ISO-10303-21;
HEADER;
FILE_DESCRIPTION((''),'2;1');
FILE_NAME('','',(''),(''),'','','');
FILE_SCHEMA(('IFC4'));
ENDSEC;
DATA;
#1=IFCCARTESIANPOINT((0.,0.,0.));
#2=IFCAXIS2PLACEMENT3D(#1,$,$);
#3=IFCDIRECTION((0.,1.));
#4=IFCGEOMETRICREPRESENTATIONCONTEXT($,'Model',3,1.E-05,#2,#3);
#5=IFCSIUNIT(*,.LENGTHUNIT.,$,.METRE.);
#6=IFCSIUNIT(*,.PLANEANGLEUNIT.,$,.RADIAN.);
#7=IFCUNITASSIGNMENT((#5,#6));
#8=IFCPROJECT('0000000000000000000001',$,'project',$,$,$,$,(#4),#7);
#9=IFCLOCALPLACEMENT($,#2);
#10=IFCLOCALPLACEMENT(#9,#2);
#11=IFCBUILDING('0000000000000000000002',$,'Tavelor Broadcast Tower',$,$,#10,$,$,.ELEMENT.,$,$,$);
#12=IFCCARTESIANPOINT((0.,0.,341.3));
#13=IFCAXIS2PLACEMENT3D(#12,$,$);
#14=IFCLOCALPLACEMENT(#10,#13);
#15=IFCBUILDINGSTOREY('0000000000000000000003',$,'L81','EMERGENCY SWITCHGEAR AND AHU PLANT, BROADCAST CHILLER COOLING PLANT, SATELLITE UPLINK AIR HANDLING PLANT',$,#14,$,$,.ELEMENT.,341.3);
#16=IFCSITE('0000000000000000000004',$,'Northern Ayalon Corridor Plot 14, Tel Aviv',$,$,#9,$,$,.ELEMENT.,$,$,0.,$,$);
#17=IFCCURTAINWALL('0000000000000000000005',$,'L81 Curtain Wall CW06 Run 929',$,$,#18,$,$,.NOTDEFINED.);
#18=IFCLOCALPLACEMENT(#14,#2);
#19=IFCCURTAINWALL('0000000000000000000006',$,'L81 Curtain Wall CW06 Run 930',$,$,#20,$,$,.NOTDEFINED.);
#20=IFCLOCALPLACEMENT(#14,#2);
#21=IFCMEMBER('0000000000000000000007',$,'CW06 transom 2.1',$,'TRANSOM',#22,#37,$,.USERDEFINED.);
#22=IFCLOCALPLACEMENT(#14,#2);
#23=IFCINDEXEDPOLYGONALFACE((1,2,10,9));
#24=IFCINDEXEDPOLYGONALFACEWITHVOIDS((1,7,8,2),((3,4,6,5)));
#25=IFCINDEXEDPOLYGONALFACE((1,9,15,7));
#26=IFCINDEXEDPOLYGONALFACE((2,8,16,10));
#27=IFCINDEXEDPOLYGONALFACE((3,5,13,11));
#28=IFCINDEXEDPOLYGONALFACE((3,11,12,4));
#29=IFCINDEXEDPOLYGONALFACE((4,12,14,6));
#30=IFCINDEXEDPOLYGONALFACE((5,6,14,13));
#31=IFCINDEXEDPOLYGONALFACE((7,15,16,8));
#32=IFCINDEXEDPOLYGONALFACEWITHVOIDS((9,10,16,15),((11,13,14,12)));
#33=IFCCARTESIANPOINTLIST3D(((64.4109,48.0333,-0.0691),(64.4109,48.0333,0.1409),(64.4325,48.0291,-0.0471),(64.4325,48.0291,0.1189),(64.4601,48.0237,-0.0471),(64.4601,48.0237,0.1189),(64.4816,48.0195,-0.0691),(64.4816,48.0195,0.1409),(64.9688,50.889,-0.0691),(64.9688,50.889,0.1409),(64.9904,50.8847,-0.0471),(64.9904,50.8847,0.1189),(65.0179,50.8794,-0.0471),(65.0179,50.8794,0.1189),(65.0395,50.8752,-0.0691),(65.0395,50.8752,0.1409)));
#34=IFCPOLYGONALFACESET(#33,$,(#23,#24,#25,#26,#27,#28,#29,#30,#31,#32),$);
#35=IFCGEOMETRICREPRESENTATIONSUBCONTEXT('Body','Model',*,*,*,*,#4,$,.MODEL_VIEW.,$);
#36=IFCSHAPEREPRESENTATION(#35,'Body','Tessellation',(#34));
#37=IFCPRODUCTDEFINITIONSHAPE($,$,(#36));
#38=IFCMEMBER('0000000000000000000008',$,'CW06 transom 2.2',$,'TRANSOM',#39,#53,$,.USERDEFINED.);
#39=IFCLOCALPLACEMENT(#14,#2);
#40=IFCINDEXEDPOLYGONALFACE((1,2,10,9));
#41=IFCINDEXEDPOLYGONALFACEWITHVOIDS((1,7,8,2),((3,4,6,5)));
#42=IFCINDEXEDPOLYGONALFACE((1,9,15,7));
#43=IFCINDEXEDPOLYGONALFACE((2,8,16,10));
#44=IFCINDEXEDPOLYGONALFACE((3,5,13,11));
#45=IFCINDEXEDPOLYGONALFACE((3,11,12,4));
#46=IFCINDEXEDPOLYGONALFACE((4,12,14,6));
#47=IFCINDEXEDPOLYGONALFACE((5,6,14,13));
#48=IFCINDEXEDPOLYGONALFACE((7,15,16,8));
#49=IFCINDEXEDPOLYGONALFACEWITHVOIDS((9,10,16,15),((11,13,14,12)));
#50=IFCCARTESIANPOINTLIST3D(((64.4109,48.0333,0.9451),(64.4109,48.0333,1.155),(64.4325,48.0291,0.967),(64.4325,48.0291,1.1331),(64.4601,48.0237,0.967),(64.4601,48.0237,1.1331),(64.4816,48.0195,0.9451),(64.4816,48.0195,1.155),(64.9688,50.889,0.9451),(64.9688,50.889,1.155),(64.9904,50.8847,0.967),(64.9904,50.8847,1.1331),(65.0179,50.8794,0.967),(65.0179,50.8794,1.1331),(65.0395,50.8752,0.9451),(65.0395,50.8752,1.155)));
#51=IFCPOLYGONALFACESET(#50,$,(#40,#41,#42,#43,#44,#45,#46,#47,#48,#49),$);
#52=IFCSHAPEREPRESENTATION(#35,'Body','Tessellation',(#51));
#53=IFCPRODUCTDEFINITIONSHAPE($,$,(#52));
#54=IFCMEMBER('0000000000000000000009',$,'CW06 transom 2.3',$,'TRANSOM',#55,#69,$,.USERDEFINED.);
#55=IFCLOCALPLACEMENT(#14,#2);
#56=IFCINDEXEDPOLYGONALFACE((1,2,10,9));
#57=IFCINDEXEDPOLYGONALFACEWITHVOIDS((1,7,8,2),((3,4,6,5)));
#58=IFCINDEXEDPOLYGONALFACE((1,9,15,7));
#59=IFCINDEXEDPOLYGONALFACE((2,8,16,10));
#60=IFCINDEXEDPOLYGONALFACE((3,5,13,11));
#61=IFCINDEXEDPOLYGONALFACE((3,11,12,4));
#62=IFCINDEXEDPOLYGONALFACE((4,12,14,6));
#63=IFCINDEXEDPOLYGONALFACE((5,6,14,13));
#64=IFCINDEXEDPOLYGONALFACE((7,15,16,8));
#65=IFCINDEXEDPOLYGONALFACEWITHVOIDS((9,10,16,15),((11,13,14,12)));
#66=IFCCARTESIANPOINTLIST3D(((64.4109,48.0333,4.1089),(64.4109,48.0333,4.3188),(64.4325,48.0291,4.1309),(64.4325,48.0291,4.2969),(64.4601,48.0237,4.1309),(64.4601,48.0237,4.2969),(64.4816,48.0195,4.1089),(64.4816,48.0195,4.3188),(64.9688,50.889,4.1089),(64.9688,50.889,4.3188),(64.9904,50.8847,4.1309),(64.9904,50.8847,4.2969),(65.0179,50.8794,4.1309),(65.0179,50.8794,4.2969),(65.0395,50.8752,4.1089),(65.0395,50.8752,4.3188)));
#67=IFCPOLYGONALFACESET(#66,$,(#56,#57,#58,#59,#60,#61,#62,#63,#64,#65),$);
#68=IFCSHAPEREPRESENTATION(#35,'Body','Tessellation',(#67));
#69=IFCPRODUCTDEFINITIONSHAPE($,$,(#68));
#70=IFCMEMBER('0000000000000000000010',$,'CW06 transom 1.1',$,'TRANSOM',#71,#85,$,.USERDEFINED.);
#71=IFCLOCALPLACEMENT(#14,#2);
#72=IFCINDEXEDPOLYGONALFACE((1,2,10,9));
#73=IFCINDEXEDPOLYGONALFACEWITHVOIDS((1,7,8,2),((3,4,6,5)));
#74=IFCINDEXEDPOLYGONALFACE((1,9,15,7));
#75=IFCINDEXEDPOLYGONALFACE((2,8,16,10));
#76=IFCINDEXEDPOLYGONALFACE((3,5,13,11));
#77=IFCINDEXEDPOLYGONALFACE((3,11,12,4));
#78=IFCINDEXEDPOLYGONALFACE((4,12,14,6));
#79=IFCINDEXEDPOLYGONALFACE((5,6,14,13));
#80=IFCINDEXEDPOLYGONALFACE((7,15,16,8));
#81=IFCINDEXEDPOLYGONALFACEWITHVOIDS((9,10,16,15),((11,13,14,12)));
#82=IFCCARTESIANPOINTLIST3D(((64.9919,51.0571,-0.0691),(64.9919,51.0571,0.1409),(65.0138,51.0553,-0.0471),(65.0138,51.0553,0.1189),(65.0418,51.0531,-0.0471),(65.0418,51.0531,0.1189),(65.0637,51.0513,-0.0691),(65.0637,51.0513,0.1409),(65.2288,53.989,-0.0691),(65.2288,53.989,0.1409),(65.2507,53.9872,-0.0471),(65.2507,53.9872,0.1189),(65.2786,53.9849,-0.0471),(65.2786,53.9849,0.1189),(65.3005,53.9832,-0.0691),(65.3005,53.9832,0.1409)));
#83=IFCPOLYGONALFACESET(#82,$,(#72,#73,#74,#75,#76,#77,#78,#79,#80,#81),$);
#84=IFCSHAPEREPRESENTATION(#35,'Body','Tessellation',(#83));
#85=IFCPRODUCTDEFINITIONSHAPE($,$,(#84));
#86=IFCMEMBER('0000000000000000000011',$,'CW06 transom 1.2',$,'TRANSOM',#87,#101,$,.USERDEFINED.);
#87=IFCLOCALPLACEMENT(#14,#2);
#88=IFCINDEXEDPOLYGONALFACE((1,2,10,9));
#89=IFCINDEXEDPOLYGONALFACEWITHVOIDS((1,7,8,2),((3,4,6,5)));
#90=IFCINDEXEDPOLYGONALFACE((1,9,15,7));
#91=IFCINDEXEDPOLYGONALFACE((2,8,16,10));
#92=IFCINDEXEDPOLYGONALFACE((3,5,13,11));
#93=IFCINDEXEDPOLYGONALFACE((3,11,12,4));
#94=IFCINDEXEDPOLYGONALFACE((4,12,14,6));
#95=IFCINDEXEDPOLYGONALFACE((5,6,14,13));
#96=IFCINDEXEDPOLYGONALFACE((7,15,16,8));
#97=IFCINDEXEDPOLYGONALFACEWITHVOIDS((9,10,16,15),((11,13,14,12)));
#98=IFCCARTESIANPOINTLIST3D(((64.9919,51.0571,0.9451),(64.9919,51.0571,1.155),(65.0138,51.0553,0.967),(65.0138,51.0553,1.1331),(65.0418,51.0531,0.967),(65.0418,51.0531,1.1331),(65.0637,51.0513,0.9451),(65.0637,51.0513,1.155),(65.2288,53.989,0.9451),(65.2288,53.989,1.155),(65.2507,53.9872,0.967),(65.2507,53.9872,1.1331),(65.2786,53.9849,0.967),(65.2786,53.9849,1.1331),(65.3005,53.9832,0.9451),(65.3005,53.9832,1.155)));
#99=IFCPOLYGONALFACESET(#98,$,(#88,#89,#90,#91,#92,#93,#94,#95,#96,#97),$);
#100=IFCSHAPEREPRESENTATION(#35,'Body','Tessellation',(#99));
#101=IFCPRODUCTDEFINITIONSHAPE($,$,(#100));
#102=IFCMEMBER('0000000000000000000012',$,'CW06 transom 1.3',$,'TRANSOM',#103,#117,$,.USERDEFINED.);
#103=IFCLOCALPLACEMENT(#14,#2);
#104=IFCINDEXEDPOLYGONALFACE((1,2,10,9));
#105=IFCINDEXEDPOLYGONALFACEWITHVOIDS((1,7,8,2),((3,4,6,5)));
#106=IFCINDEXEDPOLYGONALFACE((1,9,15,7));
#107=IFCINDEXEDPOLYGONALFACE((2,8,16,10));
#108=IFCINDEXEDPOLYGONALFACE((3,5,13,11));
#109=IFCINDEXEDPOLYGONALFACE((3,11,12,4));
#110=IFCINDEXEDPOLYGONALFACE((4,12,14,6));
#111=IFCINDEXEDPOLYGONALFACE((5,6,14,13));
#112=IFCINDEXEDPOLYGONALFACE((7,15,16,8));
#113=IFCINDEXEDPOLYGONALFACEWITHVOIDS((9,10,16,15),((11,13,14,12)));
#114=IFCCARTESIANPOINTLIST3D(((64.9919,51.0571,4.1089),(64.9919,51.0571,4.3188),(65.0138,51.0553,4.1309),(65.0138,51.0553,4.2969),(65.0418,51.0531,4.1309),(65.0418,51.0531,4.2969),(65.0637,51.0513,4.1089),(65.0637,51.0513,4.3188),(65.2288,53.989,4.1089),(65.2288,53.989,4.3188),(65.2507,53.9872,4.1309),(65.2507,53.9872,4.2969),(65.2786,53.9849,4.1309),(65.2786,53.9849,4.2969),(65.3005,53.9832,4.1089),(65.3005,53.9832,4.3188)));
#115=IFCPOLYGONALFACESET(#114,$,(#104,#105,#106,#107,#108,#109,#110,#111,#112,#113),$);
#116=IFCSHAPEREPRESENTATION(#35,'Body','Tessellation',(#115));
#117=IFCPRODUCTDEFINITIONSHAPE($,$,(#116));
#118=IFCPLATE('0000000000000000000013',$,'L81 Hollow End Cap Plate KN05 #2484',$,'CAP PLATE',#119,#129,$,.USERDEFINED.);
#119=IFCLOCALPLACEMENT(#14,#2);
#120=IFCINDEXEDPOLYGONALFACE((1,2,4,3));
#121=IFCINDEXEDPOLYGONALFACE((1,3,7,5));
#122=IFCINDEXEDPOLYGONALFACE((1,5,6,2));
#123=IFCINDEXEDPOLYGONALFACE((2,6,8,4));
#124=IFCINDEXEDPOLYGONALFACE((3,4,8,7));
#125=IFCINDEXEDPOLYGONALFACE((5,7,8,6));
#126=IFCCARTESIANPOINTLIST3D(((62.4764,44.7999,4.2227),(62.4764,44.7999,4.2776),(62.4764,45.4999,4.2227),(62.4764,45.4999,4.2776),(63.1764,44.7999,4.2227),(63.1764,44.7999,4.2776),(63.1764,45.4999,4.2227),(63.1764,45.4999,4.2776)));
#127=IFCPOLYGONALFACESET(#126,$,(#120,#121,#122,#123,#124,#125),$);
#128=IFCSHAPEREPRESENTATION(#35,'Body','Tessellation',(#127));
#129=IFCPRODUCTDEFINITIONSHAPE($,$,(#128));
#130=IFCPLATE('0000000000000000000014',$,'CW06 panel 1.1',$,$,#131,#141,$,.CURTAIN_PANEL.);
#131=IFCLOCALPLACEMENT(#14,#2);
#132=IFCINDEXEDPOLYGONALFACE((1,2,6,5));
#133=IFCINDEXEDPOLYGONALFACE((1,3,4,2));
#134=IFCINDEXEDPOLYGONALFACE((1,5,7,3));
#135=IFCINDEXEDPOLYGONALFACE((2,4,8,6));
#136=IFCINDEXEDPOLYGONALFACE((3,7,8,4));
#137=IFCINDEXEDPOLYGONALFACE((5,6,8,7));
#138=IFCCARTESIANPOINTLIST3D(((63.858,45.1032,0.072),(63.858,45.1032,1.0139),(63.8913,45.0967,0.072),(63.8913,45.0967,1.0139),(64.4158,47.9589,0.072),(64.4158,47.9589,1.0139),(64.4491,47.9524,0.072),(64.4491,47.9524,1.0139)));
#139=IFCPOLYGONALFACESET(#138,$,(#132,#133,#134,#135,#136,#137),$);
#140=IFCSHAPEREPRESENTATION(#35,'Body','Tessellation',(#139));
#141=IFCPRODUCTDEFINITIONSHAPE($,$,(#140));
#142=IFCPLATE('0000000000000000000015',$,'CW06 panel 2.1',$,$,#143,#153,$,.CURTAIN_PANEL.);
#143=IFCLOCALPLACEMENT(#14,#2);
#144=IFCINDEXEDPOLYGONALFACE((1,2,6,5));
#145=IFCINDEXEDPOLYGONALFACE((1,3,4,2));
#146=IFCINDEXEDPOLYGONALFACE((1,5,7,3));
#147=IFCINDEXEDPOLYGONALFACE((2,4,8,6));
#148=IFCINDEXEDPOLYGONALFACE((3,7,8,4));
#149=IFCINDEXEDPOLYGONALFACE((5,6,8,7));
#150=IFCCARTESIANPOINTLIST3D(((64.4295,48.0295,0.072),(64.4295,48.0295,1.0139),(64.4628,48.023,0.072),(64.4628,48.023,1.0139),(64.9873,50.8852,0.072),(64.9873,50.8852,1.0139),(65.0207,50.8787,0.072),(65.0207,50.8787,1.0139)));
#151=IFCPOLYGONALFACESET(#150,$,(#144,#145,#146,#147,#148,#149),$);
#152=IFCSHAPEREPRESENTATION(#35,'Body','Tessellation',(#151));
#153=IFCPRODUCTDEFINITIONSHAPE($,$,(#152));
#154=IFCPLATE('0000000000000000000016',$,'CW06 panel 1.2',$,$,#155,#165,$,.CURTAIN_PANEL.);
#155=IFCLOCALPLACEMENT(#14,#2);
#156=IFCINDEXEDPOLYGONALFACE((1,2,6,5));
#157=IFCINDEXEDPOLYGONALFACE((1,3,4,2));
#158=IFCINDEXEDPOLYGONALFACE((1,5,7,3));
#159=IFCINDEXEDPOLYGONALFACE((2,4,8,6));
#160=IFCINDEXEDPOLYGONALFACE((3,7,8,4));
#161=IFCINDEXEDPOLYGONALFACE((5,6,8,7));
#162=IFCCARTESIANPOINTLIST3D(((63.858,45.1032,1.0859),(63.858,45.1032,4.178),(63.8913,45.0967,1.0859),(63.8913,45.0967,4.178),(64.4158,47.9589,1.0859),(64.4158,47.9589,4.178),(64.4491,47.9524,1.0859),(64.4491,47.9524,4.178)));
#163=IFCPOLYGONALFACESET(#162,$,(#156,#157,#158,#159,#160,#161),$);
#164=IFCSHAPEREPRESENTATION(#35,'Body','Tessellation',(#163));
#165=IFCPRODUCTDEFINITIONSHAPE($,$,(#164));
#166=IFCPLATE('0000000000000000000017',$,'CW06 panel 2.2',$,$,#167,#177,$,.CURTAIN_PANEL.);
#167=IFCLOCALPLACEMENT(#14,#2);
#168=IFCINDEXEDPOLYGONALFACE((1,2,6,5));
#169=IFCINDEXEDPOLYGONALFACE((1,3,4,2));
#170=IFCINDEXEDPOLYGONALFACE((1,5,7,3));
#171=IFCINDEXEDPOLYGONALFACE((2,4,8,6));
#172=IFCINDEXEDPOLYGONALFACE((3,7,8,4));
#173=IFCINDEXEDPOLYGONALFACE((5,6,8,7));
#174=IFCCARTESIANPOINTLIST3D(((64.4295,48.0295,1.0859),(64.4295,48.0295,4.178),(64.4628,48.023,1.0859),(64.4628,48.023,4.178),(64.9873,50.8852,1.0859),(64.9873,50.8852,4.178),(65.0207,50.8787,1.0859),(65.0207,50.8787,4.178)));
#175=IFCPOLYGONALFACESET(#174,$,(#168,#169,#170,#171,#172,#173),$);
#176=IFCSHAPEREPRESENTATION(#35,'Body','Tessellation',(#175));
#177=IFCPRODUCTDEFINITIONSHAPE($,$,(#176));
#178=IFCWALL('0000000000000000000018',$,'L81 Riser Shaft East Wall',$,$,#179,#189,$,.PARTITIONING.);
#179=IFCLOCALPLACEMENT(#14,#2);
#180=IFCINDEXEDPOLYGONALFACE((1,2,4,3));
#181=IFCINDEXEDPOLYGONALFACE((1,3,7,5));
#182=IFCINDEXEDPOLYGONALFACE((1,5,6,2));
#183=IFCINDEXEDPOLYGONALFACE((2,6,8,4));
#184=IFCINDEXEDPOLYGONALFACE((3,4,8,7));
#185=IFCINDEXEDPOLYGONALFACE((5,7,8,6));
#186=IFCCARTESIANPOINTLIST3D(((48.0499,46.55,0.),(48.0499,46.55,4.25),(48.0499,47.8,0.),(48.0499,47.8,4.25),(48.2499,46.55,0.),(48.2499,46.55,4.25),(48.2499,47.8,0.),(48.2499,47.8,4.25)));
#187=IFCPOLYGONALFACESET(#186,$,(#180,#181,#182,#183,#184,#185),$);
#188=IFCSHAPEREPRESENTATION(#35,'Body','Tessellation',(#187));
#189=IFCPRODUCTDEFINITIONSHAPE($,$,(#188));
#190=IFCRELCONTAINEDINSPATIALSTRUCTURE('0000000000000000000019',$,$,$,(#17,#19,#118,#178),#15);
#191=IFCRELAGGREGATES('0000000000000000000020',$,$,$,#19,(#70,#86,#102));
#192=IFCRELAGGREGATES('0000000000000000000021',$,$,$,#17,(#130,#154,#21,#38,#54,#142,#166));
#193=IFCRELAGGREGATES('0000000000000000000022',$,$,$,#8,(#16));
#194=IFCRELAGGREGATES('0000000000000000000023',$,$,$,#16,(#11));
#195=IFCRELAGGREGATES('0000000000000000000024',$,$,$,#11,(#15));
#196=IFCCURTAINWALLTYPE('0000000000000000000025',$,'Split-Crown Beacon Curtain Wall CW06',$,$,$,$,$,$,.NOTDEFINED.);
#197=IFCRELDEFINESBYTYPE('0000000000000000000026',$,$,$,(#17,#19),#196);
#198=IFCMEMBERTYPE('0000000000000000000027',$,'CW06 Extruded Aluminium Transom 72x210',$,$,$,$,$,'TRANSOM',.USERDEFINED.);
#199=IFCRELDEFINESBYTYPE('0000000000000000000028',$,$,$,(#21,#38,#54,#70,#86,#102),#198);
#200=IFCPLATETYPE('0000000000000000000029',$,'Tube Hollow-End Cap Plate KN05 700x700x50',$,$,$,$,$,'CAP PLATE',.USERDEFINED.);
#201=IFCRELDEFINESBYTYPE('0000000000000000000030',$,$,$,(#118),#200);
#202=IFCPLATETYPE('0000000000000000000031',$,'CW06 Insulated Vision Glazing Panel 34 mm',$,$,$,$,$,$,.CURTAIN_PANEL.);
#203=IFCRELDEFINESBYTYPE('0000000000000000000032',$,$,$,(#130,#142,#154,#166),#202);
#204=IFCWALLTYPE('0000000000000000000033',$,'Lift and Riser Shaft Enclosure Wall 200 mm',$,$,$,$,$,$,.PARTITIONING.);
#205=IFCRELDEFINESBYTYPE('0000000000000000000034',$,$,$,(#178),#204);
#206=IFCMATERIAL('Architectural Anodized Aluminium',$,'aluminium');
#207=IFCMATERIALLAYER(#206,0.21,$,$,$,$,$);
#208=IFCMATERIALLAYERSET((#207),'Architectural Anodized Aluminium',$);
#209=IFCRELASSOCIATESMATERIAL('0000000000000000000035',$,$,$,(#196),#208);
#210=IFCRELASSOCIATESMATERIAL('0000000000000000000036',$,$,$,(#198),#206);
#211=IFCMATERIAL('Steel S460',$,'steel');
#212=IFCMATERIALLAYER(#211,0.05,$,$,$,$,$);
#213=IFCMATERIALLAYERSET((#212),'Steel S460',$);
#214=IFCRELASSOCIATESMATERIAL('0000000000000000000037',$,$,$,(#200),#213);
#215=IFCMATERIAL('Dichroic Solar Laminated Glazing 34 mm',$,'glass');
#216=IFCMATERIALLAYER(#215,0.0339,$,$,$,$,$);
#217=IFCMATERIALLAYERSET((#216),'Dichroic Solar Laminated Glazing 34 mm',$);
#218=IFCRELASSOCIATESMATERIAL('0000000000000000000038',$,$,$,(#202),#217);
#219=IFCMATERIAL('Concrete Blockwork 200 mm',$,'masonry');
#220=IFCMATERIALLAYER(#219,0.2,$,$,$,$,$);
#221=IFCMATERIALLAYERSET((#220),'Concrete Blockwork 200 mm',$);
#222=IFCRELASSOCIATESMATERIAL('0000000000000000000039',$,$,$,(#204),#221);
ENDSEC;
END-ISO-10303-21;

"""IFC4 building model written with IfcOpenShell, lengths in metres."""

from ifc_helpers import new_model, si_unit, direction, frame, frame_2d, origin, origin_2d, place, context, subcontext, project, spatial, rectangle, hollow_rectangle, extrude, source, transform, mapped, material, layer, layer_set, material_profile, profile_set, type_object, type_shapes, element, aggregate, save


model = new_model("IFC4")

# Units and contexts
model_context = context("Model", 3, precision=1e-05, world=origin(), true_north=direction((0.0, 1.0)))
body_context = subcontext(model_context, "Body", "Model", "MODEL_VIEW")
ifc_project = project(units=[si_unit("LENGTHUNIT", "METRE"), si_unit("PLANEANGLEUNIT", "RADIAN")], contexts=[model_context])

# Site, building, storey
site_placement = place(None, origin())
site = spatial("IfcSite", under=ifc_project, at=site_placement, Name="Northern Ayalon Corridor Plot 14, Tel Aviv", CompositionType="ELEMENT", RefElevation=0.0)
building_placement = place(site_placement, origin())
building = spatial("IfcBuilding", under=site, at=building_placement, Name="Tavelor Broadcast Tower", CompositionType="ELEMENT")
storey_placement = place(building_placement, frame((0.0, 0.0, 341.3)))
storey = spatial("IfcBuildingStorey", under=building, at=storey_placement, Name="L81", Description="EMERGENCY SWITCHGEAR AND AHU PLANT, BROADCAST CHILLER COOLING PLANT, SATELLITE UPLINK AIR HANDLING PLANT", CompositionType="ELEMENT", Elevation=341.3)

# Curtain wall
ifc_material_1 = material(Name="Architectural Anodized Aluminium", Category="aluminium")
ifc_layer_1 = layer(ifc_material_1, 0.21)
ifc_layer_set_1 = layer_set([ifc_layer_1], Name="Architectural Anodized Aluminium")
curtain_wall_type = type_object("IfcCurtainWallType", Name="Split-Crown Beacon Curtain Wall CW06", PredefinedType="NOTDEFINED", material=ifc_layer_set_1)
curtain_wall_1_placement = place(storey_placement, origin())
curtain_wall_1 = element("IfcCurtainWall", 1, at=curtain_wall_1_placement, inside=storey, type_object=curtain_wall_type, Name="L81 Curtain Wall CW06 Run 929", PredefinedType="NOTDEFINED")

# Curtain wall
curtain_wall_2_placement = place(storey_placement, origin())
curtain_wall_2 = element("IfcCurtainWall", 2, at=curtain_wall_2_placement, inside=storey, type_object=curtain_wall_type, Name="L81 Curtain Wall CW06 Run 930", PredefinedType="NOTDEFINED")

# Members
ifc_material_profile_1 = material_profile(ifc_material_1, hollow_rectangle(XDim=0.072, YDim=0.21, WallThickness=0.022, at=origin_2d()), Name="RHS 72x210x22")
ifc_profile_set_1 = profile_set([ifc_material_profile_1], Name="Architectural Anodized Aluminium")
member_type_1 = type_object("IfcMemberType", Name="CW06 Extruded Aluminium Transom 72x210", ElementType="TRANSOM", PredefinedType="USERDEFINED", material=ifc_profile_set_1)
shared_shape_1 = source(origin(), body_context, "Body", "SweptSolid", [
    extrude(hollow_rectangle(XDim=0.072, YDim=0.21, WallThickness=0.022, at=origin_2d()), origin(), (0.0, 0.0, 1.0), 2.9097),
])
member_1_placement = place(storey_placement, frame((64.4463, 48.0264, 0.0359), z_axis=(0.191725, 0.981449, 0.0), x_axis=(-0.981449, 0.191725, 0.0)))
member_1 = element("IfcMember", 3, at=member_1_placement, type_object=member_type_1, Name="CW06 transom 2.1", ObjectType="TRANSOM", PredefinedType="USERDEFINED", context=body_context, shape_type="MappedRepresentation", body=[
    mapped(shared_shape_1, transform((0.0, 0.0, 0.0), scale=1.0)),
])
member_2_placement = place(storey_placement, frame((64.4463, 48.0264, 1.05), z_axis=(0.191725, 0.981449, 0.0), x_axis=(-0.981449, 0.191725, 0.0)))
member_2 = element("IfcMember", 4, at=member_2_placement, type_object=member_type_1, Name="CW06 transom 2.2", ObjectType="TRANSOM", PredefinedType="USERDEFINED", context=body_context, shape_type="MappedRepresentation", body=[
    mapped(shared_shape_1, transform((0.0, 0.0, 0.0), scale=1.0)),
])
member_3_placement = place(storey_placement, frame((64.4463, 48.0264, 4.2139), z_axis=(0.191725, 0.981449, 0.0), x_axis=(-0.981449, 0.191725, 0.0)))
member_3 = element("IfcMember", 5, at=member_3_placement, type_object=member_type_1, Name="CW06 transom 2.3", ObjectType="TRANSOM", PredefinedType="USERDEFINED", context=body_context, shape_type="MappedRepresentation", body=[
    mapped(shared_shape_1, transform((0.0, 0.0, 0.0), scale=1.0)),
])
shared_shape_2 = source(origin(), body_context, "Body", "SweptSolid", [
    extrude(hollow_rectangle(XDim=0.072, YDim=0.21, WallThickness=0.022, at=origin_2d()), origin(), (0.0, 0.0, 1.0), 2.9414),
])
type_shapes(member_type_1, [shared_shape_1, shared_shape_2])
member_4_placement = place(storey_placement, frame((65.0278, 51.0542, 0.0359), z_axis=(0.080511, 0.996754, 0.0), x_axis=(-0.996754, 0.080511, 0.0)))
member_4 = element("IfcMember", 6, at=member_4_placement, type_object=member_type_1, Name="CW06 transom 1.1", ObjectType="TRANSOM", PredefinedType="USERDEFINED", context=body_context, shape_type="MappedRepresentation", body=[
    mapped(shared_shape_2, transform((0.0, 0.0, 0.0), scale=1.0)),
])
member_5_placement = place(storey_placement, frame((65.0278, 51.0542, 1.05), z_axis=(0.080511, 0.996754, 0.0), x_axis=(-0.996754, 0.080511, 0.0)))
member_5 = element("IfcMember", 7, at=member_5_placement, type_object=member_type_1, Name="CW06 transom 1.2", ObjectType="TRANSOM", PredefinedType="USERDEFINED", context=body_context, shape_type="MappedRepresentation", body=[
    mapped(shared_shape_2, transform((0.0, 0.0, 0.0), scale=1.0)),
])
member_6_placement = place(storey_placement, frame((65.0278, 51.0542, 4.2139), z_axis=(0.080511, 0.996754, 0.0), x_axis=(-0.996754, 0.080511, 0.0)))
member_6 = element("IfcMember", 8, at=member_6_placement, type_object=member_type_1, Name="CW06 transom 1.3", ObjectType="TRANSOM", PredefinedType="USERDEFINED", context=body_context, shape_type="MappedRepresentation", body=[
    mapped(shared_shape_2, transform((0.0, 0.0, 0.0), scale=1.0)),
])
aggregate(curtain_wall_2, [member_4, member_5, member_6])

# Plates
ifc_material_2 = material(Name="Steel S460", Category="steel")
ifc_layer_2 = layer(ifc_material_2, 0.05)
ifc_layer_set_2 = layer_set([ifc_layer_2], Name="Steel S460")
plate_type_1 = type_object("IfcPlateType", Name="Tube Hollow-End Cap Plate KN05 700x700x50", ElementType="CAP PLATE", PredefinedType="USERDEFINED", material=ifc_layer_set_2)
shared_shape_3 = source(origin(), body_context, "Body", "SweptSolid", [
    extrude(rectangle(XDim=0.7, YDim=0.7, at=origin_2d()), origin(), (0.0, 0.0, 1.0), 0.0549),
])
type_shapes(plate_type_1, [shared_shape_3])
plate_1_placement = place(storey_placement, frame((62.8264, 45.1499, 4.2227), z_axis=(0.0, 0.0, 1.0), x_axis=(1.0, 0.0, 0.0)))
element("IfcPlate", 9, at=plate_1_placement, inside=storey, type_object=plate_type_1, Name="L81 Hollow End Cap Plate KN05 #2484", ObjectType="CAP PLATE", PredefinedType="USERDEFINED", context=body_context, shape_type="MappedRepresentation", body=[
    mapped(shared_shape_3, transform((0.0, 0.0, 0.0), scale=1.0)),
])
ifc_material_3 = material(Name="Dichroic Solar Laminated Glazing 34 mm", Category="glass")
ifc_layer_3 = layer(ifc_material_3, 0.0339)
ifc_layer_set_3 = layer_set([ifc_layer_3], Name="Dichroic Solar Laminated Glazing 34 mm")
plate_type_2 = type_object("IfcPlateType", Name="CW06 Insulated Vision Glazing Panel 34 mm", PredefinedType="CURTAIN_PANEL", material=ifc_layer_set_3)
shared_shape_4 = source(origin(), body_context, "Body", "SweptSolid", [
    extrude(rectangle(XDim=2.9097, YDim=0.0339, at=origin_2d()), origin(), (0.0, 0.0, 1.0), 0.9419),
])
plate_2_placement = place(storey_placement, frame((64.1536, 46.5278, 0.072), z_axis=(0.0, 0.0, 1.0), x_axis=(0.191707, 0.981452, 0.0)))
plate_2 = element("IfcPlate", 10, at=plate_2_placement, type_object=plate_type_2, Name="CW06 panel 1.1", PredefinedType="CURTAIN_PANEL", context=body_context, shape_type="MappedRepresentation", body=[
    mapped(shared_shape_4, transform((0.0, 0.0, 0.0), scale=1.0)),
])
plate_3_placement = place(storey_placement, frame((64.7251, 49.4541, 0.072), z_axis=(0.0, 0.0, 1.0), x_axis=(0.191707, 0.981452, 0.0)))
plate_3 = element("IfcPlate", 11, at=plate_3_placement, type_object=plate_type_2, Name="CW06 panel 2.1", PredefinedType="CURTAIN_PANEL", context=body_context, shape_type="MappedRepresentation", body=[
    mapped(shared_shape_4, transform((0.0, 0.0, 0.0), scale=1.0)),
])
shared_shape_5 = source(origin(), body_context, "Body", "SweptSolid", [
    extrude(rectangle(XDim=2.9097, YDim=0.0339, at=origin_2d()), origin(), (0.0, 0.0, 1.0), 3.092),
])
type_shapes(plate_type_2, [shared_shape_4, shared_shape_5])
plate_4_placement = place(storey_placement, frame((64.1536, 46.5278, 1.0859), z_axis=(0.0, 0.0, 1.0), x_axis=(0.191707, 0.981452, 0.0)))
plate_4 = element("IfcPlate", 12, at=plate_4_placement, type_object=plate_type_2, Name="CW06 panel 1.2", PredefinedType="CURTAIN_PANEL", context=body_context, shape_type="MappedRepresentation", body=[
    mapped(shared_shape_5, transform((0.0, 0.0, 0.0), scale=1.0)),
])
plate_5_placement = place(storey_placement, frame((64.7251, 49.4541, 1.0859), z_axis=(0.0, 0.0, 1.0), x_axis=(0.191707, 0.981452, 0.0)))
plate_5 = element("IfcPlate", 13, at=plate_5_placement, type_object=plate_type_2, Name="CW06 panel 2.2", PredefinedType="CURTAIN_PANEL", context=body_context, shape_type="MappedRepresentation", body=[
    mapped(shared_shape_5, transform((0.0, 0.0, 0.0), scale=1.0)),
])
aggregate(curtain_wall_1, [plate_2, plate_4, member_1, member_2, member_3, plate_3, plate_5])

# Wall
ifc_material_4 = material(Name="Concrete Blockwork 200 mm", Category="masonry")
ifc_layer_4 = layer(ifc_material_4, 0.2)
ifc_layer_set_4 = layer_set([ifc_layer_4], Name="Concrete Blockwork 200 mm")
wall_type_1 = type_object("IfcWallType", Name="Lift and Riser Shaft Enclosure Wall 200 mm", PredefinedType="PARTITIONING", material=ifc_layer_set_4)
wall_1_placement = place(storey_placement, frame((48.1499, 46.55, 0.0), z_axis=(0.0, 0.0, 1.0), x_axis=(0.0, 1.0, 0.0)))
element("IfcWall", 14, at=wall_1_placement, inside=storey, type_object=wall_type_1, Name="L81 Riser Shaft East Wall", PredefinedType="PARTITIONING", context=body_context, shape_type="SweptSolid", body=[
    extrude(rectangle(XDim=1.25, YDim=0.2, at=frame_2d((0.625, 0.0))), origin(), (0.0, 0.0, 1.0), 4.25),
])

save(model, "model.ifc")
